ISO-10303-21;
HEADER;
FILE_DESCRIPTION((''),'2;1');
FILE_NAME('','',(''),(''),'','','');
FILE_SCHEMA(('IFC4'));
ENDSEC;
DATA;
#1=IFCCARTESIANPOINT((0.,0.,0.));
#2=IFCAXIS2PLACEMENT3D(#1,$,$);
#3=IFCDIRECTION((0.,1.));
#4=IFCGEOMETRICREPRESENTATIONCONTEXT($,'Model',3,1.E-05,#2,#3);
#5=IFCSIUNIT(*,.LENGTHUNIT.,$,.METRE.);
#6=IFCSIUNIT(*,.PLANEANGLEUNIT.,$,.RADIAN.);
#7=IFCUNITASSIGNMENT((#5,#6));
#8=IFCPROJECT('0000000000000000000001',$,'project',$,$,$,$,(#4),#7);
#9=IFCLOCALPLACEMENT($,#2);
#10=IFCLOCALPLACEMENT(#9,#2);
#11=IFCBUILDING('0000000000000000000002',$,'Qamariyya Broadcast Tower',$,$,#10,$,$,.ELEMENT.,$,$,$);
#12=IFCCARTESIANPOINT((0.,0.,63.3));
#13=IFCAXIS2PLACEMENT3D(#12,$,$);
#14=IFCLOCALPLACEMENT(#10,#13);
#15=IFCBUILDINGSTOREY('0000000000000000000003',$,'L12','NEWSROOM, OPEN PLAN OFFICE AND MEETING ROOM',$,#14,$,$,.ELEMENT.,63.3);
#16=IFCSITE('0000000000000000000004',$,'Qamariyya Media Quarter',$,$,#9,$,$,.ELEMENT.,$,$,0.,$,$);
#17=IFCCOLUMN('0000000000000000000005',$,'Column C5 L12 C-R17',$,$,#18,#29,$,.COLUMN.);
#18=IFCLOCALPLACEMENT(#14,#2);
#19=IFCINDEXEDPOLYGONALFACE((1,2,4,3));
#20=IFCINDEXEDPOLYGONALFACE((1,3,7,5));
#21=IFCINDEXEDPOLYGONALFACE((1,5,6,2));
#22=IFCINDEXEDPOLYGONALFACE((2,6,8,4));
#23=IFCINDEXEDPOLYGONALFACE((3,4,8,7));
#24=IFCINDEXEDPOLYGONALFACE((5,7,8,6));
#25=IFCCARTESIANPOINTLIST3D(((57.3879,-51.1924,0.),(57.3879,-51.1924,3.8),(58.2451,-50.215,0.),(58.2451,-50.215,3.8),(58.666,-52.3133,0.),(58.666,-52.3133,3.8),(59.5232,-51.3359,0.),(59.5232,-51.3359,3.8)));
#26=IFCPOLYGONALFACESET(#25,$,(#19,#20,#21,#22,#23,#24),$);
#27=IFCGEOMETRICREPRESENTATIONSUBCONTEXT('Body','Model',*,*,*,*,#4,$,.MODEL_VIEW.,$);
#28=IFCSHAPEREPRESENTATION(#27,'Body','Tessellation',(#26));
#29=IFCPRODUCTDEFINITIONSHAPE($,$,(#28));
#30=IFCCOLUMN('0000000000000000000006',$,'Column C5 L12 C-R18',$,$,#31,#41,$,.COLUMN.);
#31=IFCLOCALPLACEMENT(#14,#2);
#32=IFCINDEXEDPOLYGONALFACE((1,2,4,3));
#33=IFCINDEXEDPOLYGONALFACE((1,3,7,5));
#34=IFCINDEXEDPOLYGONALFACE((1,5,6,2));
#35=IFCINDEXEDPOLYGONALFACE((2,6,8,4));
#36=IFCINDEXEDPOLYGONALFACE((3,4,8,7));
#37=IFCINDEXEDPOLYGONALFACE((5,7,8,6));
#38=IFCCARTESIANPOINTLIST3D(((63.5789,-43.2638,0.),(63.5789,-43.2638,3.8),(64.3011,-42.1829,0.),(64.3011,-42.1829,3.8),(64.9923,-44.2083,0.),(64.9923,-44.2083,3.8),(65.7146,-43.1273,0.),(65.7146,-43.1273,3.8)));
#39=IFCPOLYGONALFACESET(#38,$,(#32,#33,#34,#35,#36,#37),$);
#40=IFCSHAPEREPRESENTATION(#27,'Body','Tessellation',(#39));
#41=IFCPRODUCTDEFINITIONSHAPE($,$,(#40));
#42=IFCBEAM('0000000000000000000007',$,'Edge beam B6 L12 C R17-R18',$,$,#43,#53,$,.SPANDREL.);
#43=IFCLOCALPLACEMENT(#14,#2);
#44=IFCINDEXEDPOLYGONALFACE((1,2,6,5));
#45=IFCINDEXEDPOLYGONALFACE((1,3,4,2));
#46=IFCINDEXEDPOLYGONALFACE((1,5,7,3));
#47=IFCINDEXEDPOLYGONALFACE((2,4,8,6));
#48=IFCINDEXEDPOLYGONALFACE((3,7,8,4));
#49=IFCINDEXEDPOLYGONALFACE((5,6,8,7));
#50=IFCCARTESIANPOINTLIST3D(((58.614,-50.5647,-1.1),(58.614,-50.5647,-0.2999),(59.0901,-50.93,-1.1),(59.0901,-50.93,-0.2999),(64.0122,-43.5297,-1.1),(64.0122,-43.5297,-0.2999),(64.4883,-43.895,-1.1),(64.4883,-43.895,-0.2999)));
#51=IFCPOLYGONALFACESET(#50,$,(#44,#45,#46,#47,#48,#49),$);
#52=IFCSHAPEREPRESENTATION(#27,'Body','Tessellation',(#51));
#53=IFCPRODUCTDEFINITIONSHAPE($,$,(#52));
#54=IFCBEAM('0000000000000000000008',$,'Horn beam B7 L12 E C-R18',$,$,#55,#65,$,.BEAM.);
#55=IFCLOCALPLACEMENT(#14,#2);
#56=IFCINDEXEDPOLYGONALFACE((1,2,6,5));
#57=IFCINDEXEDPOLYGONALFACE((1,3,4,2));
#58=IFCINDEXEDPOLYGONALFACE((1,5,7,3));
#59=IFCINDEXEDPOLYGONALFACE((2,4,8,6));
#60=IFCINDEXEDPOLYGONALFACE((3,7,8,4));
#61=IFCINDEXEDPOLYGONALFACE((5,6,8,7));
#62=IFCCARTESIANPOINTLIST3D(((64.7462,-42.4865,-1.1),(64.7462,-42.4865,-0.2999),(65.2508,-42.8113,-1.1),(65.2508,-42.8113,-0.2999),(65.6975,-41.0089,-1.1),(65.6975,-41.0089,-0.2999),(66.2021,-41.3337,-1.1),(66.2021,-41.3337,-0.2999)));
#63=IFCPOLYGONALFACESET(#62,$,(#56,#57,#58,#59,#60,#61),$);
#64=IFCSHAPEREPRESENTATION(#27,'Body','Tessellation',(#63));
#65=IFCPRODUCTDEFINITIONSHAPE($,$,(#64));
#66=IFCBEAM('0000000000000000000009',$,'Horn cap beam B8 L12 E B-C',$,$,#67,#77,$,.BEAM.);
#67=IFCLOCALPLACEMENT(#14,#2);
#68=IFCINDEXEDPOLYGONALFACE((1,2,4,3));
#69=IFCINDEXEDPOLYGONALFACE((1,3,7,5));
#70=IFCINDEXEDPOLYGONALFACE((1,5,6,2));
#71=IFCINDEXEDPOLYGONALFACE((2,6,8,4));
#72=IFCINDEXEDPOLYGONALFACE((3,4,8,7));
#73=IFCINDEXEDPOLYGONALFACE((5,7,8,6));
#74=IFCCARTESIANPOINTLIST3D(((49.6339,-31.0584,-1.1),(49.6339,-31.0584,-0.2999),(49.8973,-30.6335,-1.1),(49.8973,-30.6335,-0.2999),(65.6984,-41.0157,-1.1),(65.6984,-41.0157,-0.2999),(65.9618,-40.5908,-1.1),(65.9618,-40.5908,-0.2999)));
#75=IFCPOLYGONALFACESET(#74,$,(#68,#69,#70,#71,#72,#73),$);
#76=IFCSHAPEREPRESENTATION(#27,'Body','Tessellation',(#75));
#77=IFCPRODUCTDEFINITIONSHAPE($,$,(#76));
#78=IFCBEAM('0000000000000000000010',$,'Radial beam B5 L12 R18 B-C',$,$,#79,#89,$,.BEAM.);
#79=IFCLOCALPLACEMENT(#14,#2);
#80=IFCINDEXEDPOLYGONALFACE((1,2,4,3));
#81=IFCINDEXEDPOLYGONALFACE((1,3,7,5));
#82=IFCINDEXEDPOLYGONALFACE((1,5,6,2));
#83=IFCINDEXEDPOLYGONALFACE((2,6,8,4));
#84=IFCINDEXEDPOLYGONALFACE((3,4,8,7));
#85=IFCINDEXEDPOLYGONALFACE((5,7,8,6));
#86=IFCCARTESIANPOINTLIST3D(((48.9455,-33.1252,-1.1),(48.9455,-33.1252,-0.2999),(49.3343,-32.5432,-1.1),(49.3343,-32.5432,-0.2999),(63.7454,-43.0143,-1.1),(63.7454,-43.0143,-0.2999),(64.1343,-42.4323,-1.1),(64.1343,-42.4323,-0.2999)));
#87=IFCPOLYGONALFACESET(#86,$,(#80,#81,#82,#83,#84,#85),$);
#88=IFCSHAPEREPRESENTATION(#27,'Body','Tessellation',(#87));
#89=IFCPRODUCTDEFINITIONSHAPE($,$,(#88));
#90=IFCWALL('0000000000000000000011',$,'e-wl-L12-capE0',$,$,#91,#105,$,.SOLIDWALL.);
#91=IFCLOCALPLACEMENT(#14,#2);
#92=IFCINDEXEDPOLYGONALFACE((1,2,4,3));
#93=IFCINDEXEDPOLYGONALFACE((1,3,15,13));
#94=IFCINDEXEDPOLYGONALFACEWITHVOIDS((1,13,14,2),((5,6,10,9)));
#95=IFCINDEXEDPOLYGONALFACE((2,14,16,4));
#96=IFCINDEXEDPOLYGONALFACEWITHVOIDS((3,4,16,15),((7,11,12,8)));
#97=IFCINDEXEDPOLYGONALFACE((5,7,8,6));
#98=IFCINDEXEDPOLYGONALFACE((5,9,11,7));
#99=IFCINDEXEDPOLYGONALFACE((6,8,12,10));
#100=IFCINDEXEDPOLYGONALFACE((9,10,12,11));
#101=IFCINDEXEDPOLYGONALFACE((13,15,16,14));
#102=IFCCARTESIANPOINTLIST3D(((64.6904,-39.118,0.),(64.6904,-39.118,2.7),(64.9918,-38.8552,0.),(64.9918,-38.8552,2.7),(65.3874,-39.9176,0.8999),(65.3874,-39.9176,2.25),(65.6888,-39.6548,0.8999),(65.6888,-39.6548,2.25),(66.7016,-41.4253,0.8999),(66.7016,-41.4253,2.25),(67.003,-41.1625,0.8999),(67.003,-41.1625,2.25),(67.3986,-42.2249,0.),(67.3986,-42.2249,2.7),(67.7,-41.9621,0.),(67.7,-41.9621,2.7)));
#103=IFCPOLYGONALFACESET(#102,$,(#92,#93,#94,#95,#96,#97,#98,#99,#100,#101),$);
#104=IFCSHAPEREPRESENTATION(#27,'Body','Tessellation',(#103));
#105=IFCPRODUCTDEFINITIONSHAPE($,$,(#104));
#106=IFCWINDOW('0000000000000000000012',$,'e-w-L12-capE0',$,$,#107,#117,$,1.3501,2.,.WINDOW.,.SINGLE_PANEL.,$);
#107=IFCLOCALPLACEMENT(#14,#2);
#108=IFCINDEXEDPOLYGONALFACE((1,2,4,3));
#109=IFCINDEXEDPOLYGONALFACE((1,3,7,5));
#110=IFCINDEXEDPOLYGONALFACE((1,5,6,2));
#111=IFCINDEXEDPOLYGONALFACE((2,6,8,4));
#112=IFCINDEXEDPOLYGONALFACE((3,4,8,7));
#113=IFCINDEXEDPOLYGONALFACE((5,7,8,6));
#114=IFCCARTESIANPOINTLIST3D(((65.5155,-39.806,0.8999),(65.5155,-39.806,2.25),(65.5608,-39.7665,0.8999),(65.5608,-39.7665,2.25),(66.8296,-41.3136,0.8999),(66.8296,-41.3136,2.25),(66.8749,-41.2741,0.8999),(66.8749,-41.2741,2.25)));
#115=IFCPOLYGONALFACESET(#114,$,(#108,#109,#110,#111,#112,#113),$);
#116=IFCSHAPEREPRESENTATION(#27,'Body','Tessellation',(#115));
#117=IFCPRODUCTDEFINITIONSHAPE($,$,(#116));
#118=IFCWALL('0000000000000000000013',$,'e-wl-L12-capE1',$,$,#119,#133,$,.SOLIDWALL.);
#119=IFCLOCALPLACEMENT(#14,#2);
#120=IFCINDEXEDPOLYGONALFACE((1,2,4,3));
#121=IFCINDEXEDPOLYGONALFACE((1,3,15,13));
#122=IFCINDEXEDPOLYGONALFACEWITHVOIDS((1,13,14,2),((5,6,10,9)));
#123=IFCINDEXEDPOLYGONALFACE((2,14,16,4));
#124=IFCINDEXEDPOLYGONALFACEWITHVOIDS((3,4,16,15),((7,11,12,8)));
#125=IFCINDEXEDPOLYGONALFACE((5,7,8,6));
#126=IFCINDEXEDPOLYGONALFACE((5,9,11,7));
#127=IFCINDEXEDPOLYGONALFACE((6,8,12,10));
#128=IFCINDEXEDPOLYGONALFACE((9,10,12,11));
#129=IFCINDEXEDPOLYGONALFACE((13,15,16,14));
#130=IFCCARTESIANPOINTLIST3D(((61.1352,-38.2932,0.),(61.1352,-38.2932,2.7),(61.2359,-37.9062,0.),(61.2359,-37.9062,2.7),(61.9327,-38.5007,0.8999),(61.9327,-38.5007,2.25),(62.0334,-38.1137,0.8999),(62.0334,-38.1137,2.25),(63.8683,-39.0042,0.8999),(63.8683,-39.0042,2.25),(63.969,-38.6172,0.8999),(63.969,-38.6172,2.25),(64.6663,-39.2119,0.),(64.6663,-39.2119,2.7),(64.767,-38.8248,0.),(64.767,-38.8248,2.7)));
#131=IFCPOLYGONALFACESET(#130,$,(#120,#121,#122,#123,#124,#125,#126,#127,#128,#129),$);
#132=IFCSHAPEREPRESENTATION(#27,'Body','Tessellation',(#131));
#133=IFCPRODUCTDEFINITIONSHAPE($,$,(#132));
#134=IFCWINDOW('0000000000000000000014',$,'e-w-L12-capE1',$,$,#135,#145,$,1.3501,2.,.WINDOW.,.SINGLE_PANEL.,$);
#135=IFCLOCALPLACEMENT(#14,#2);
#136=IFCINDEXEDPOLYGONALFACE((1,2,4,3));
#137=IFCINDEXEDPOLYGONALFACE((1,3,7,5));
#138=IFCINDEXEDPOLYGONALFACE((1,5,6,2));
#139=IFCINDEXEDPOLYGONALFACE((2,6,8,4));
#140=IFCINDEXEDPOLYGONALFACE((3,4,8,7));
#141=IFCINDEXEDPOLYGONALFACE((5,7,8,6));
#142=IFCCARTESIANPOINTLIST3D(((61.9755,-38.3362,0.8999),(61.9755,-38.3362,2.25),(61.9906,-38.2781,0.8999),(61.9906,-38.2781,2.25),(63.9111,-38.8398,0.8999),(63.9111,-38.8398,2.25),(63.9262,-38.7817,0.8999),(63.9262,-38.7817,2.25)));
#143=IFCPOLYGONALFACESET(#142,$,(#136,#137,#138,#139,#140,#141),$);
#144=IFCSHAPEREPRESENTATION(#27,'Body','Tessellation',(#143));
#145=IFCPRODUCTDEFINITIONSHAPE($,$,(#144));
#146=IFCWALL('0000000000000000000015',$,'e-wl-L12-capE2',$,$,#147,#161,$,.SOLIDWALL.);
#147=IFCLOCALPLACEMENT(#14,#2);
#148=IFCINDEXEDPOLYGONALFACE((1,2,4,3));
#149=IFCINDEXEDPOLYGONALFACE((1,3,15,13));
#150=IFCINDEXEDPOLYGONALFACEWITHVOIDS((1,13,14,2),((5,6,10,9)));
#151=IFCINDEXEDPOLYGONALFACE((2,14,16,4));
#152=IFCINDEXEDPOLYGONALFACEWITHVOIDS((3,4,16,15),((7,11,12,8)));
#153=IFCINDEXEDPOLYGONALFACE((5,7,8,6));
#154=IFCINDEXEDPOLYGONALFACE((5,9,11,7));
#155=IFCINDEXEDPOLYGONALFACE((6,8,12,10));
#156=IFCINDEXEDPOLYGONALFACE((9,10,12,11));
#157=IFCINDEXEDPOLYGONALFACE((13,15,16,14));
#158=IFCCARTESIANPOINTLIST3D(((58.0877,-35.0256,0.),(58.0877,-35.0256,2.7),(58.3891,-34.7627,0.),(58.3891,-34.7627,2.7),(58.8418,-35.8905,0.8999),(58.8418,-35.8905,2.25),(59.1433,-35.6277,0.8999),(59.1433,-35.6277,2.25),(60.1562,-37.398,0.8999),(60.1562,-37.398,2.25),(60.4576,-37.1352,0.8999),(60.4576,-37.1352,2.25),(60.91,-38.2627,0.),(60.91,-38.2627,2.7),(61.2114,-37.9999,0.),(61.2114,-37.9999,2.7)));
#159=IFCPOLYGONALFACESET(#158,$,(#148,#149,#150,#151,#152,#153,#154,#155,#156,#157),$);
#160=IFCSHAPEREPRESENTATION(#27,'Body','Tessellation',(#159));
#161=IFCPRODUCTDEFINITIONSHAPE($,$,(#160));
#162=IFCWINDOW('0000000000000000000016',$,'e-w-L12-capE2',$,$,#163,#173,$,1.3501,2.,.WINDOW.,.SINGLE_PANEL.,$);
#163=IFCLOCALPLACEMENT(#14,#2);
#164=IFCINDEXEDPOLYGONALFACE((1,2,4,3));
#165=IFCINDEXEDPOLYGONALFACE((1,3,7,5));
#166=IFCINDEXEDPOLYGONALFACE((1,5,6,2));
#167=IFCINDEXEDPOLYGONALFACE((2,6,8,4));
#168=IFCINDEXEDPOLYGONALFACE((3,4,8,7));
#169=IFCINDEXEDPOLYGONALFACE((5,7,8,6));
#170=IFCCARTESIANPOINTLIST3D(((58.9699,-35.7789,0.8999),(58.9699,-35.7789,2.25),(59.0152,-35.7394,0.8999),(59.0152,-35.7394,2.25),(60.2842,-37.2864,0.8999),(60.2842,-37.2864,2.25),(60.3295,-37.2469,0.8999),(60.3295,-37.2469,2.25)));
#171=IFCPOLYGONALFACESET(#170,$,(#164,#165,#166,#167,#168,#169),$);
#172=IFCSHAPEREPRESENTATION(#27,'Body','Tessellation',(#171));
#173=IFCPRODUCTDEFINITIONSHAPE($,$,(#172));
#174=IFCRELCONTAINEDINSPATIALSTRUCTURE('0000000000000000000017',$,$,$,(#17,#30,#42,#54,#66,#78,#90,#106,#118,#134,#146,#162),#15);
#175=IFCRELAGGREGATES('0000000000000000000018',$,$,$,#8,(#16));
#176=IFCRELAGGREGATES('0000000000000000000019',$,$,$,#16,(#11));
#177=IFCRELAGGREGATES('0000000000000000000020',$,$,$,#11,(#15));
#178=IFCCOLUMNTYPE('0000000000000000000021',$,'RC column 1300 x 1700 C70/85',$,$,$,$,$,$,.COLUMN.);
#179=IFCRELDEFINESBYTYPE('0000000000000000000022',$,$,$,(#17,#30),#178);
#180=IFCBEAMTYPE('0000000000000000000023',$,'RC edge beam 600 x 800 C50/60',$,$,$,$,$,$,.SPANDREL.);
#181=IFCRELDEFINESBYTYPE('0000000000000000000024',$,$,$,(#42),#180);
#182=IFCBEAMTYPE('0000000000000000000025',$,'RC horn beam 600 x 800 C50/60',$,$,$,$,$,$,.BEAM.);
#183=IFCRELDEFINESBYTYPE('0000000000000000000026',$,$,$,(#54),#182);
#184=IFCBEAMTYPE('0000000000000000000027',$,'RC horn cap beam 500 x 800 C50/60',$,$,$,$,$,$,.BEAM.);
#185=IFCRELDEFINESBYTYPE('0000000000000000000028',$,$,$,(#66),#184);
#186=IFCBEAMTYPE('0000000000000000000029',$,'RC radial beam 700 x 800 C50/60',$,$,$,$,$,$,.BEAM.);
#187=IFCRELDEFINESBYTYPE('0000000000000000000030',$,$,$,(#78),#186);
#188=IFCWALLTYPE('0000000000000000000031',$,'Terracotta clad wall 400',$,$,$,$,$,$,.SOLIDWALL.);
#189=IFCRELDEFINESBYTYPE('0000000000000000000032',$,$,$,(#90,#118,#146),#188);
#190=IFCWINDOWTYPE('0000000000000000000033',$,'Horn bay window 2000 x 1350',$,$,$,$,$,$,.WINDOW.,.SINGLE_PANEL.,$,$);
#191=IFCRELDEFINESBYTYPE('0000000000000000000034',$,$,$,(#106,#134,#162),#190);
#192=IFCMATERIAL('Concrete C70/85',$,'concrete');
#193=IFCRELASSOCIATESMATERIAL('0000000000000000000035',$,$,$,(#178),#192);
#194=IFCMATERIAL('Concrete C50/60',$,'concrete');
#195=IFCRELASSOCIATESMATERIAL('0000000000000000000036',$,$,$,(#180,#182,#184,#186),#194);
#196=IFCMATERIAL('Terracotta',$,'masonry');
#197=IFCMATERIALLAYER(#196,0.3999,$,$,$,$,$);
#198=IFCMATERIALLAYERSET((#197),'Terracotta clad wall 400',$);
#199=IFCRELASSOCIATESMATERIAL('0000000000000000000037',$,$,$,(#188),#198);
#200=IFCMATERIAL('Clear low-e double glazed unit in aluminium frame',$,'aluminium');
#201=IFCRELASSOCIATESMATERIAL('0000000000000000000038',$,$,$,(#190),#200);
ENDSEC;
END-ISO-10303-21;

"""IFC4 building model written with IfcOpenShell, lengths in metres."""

from ifc_helpers import new_model, si_unit, direction, frame, frame_2d, origin, origin_2d, place, context, subcontext, project, spatial, rectangle, extrude, material, layer, layer_set, material_profile, profile_set, type_object, element, fill, save


model = new_model("IFC4")

# Units and contexts
model_context = context("Model", 3, precision=1e-05, world=origin(), true_north=direction((0.0, 1.0)))
body_context = subcontext(model_context, "Body", "Model", "MODEL_VIEW")
ifc_project = project(units=[si_unit("LENGTHUNIT", "METRE"), si_unit("PLANEANGLEUNIT", "RADIAN")], contexts=[model_context])

# Site, building, storey
site_placement = place(None, origin())
site = spatial("IfcSite", under=ifc_project, at=site_placement, Name="Qamariyya Media Quarter", CompositionType="ELEMENT", RefElevation=0.0)
building_placement = place(site_placement, origin())
building = spatial("IfcBuilding", under=site, at=building_placement, Name="Qamariyya Broadcast Tower", CompositionType="ELEMENT")
storey_placement = place(building_placement, frame((0.0, 0.0, 63.3)))
storey = spatial("IfcBuildingStorey", under=building, at=storey_placement, Name="L12", Description="NEWSROOM, OPEN PLAN OFFICE AND MEETING ROOM", CompositionType="ELEMENT", Elevation=63.3)

# Columns
ifc_material_1 = material(Name="Concrete C70/85", Category="concrete")
ifc_material_profile_1 = material_profile(ifc_material_1, rectangle(XDim=1.3, YDim=1.7, at=origin_2d()))
ifc_profile_set_1 = profile_set([ifc_material_profile_1], Name="Concrete C70/85")
column_type = type_object("IfcColumnType", Name="RC column 1300 x 1700 C70/85", PredefinedType="COLUMN", material=ifc_profile_set_1)
for number, where, z_axis, x_axis, name in (
    (1, (58.4556, -51.2642, 0.0), (0.0, 0.0, 1.0), (0.659346, 0.75184, 0.0), "Column C5 L12 C-R17"),
    (2, (64.6467, -43.1956, 0.0), (0.0, 0.0, 1.0), (0.55557, 0.83147, 0.0), "Column C5 L12 C-R18"),
):
    element("IfcColumn", number, at=place(storey_placement, frame(where, z_axis=z_axis, x_axis=x_axis)), inside=storey, type_object=column_type, Name=name, PredefinedType="COLUMN", context=body_context, shape_type="SweptSolid", body=[
        extrude(rectangle(XDim=1.3, YDim=1.7, at=origin_2d()), origin(), (0.0, 0.0, 1.0), 3.8),
    ])

# Beams
ifc_material_2 = material(Name="Concrete C50/60", Category="concrete")
ifc_material_profile_2 = material_profile(ifc_material_2, rectangle(XDim=0.6001, YDim=0.8, at=origin_2d()))
ifc_profile_set_2 = profile_set([ifc_material_profile_2], Name="Concrete C50/60")
beam_type_1 = type_object("IfcBeamType", Name="RC edge beam 600 x 800 C50/60", PredefinedType="SPANDREL", material=ifc_profile_set_2)
beam_1_placement = place(storey_placement, frame((58.8521, -50.7473, -0.7), z_axis=(0.60877, 0.793347, 0.0), x_axis=(-0.793347, 0.60877, 0.0)))
element("IfcBeam", 3, at=beam_1_placement, inside=storey, type_object=beam_type_1, Name="Edge beam B6 L12 C R17-R18", PredefinedType="SPANDREL", context=body_context, shape_type="SweptSolid", body=[
    extrude(rectangle(XDim=0.6001, YDim=0.8, at=origin_2d()), origin(), (0.0, 0.0, 1.0), 8.8674),
])
ifc_material_profile_3 = material_profile(ifc_material_2, rectangle(XDim=0.6001, YDim=0.8, at=origin_2d()))
ifc_profile_set_3 = profile_set([ifc_material_profile_3], Name="Concrete C50/60")
beam_type_2 = type_object("IfcBeamType", Name="RC horn beam 600 x 800 C50/60", PredefinedType="BEAM", material=ifc_profile_set_3)
beam_2_placement = place(storey_placement, frame((64.9985, -42.6489, -0.7), z_axis=(0.541291, 0.840835, 0.0), x_axis=(-0.840835, 0.541291, 0.0)))
element("IfcBeam", 4, at=beam_2_placement, inside=storey, type_object=beam_type_2, Name="Horn beam B7 L12 E C-R18", PredefinedType="BEAM", context=body_context, shape_type="SweptSolid", body=[
    extrude(rectangle(XDim=0.6001, YDim=0.8, at=origin_2d()), origin(), (0.0, 0.0, 1.0), 1.7573),
])
ifc_material_profile_4 = material_profile(ifc_material_2, rectangle(XDim=0.5, YDim=0.8, at=origin_2d()))
ifc_profile_set_4 = profile_set([ifc_material_profile_4], Name="Concrete C50/60")
beam_type_3 = type_object("IfcBeamType", Name="RC horn cap beam 500 x 800 C50/60", PredefinedType="BEAM", material=ifc_profile_set_4)
beam_3_placement = place(storey_placement, frame((49.7656, -30.8459, -0.7), z_axis=(0.849966, -0.526837, 0.0), x_axis=(0.526837, 0.849966, 0.0)))
element("IfcBeam", 5, at=beam_3_placement, inside=storey, type_object=beam_type_3, Name="Horn cap beam B8 L12 E B-C", PredefinedType="BEAM", context=body_context, shape_type="SweptSolid", body=[
    extrude(rectangle(XDim=0.5, YDim=0.8, at=origin_2d()), origin(), (0.0, 0.0, 1.0), 18.9001),
])
ifc_material_profile_5 = material_profile(ifc_material_2, rectangle(XDim=0.7, YDim=0.8, at=origin_2d()))
ifc_profile_set_5 = profile_set([ifc_material_profile_5], Name="Concrete C50/60")
beam_type_4 = type_object("IfcBeamType", Name="RC radial beam 700 x 800 C50/60", PredefinedType="BEAM", material=ifc_profile_set_5)
beam_4_placement = place(storey_placement, frame((49.1399, -32.8342, -0.7), z_axis=(0.831467, -0.555573, 0.0), x_axis=(0.555573, 0.831467, 0.0)))
element("IfcBeam", 6, at=beam_4_placement, inside=storey, type_object=beam_type_4, Name="Radial beam B5 L12 R18 B-C", PredefinedType="BEAM", context=body_context, shape_type="SweptSolid", body=[
    extrude(rectangle(XDim=0.7, YDim=0.8, at=origin_2d()), origin(), (0.0, 0.0, 1.0), 17.7998),
])

# Walls, openings, windows
ifc_material_3 = material(Name="Terracotta", Category="masonry")
ifc_layer = layer(ifc_material_3, 0.3999)
ifc_layer_set = layer_set([ifc_layer], Name="Terracotta clad wall 400")
wall_type = type_object("IfcWallType", Name="Terracotta clad wall 400", PredefinedType="SOLIDWALL", material=ifc_layer_set)
wall_1_placement = place(storey_placement, frame((67.5493, -42.0935, 0.0), z_axis=(0.0, 0.0, 1.0), x_axis=(-0.657086, 0.753816, 0.0)))
wall_1 = element("IfcWall", 7, at=wall_1_placement, inside=storey, type_object=wall_type, Name="e-wl-L12-capE0", PredefinedType="SOLIDWALL", context=body_context, shape_type="SweptSolid", body=[
    extrude(rectangle(XDim=4.1216, YDim=0.3999, at=frame_2d((2.0608, 0.0))), origin(), (0.0, 0.0, 1.0), 2.7),
])
opening_1_placement = place(wall_1_placement, frame((1.0608, 0.0, 0.8999)))
opening_1 = element("IfcOpeningElement", 8, at=opening_1_placement, cuts=wall_1, PredefinedType="OPENING", context=body_context, shape_type="SweptSolid", body=[
    extrude(rectangle(XDim=2.0, YDim=1.3501, at=frame_2d((1.0, 0.675))), frame((0.0, 0.21, 0.0), z_axis=(0.0, -1.0, 0.0), x_axis=(1.0, 0.0, 0.0)), (0.0, 0.0, 1.0), 0.4199),
])
ifc_material_4 = material(Name="Clear low-e double glazed unit in aluminium frame", Category="aluminium")
window_type = type_object("IfcWindowType", Name="Horn bay window 2000 x 1350", PartitioningType="SINGLE_PANEL", PredefinedType="WINDOW", material=ifc_material_4)
window_1_placement = place(opening_1_placement, origin())
window_1 = element("IfcWindow", 9, at=window_1_placement, inside=storey, type_object=window_type, Name="e-w-L12-capE0", OverallHeight=1.3501, OverallWidth=2.0, PartitioningType="SINGLE_PANEL", PredefinedType="WINDOW", context=body_context, shape_type="SweptSolid", body=[
    extrude(rectangle(XDim=2.0, YDim=1.3501, at=frame_2d((1.0, 0.675))), frame((0.0, 0.03, 0.0), z_axis=(0.0, -1.0, 0.0), x_axis=(1.0, 0.0, 0.0)), (0.0, 0.0, 1.0), 0.0601),
])
fill(opening_1, window_1)
wall_2_placement = place(storey_placement, frame((64.7166, -39.0183, 0.0), z_axis=(0.0, 0.0, 1.0), x_axis=(-0.967784, 0.251782, 0.0)))
wall_2 = element("IfcWall", 10, at=wall_2_placement, inside=storey, type_object=wall_type, Name="e-wl-L12-capE1", PredefinedType="SOLIDWALL", context=body_context, shape_type="SweptSolid", body=[
    extrude(rectangle(XDim=3.6487, YDim=0.3999, at=frame_2d((1.8242, 0.0))), origin(), (0.0, 0.0, 1.0), 2.7),
])
opening_2_placement = place(wall_2_placement, frame((0.8245, 0.0, 0.8999)))
opening_2 = element("IfcOpeningElement", 11, at=opening_2_placement, cuts=wall_2, PredefinedType="OPENING", context=body_context, shape_type="SweptSolid", body=[
    extrude(rectangle(XDim=2.0, YDim=1.3501, at=frame_2d((1.0, 0.675))), frame((0.0, 0.21, 0.0), z_axis=(0.0, -1.0, 0.0), x_axis=(1.0, 0.0, 0.0)), (0.0, 0.0, 1.0), 0.4199),
])
window_2_placement = place(opening_2_placement, origin())
window_2 = element("IfcWindow", 12, at=window_2_placement, inside=storey, type_object=window_type, Name="e-w-L12-capE1", OverallHeight=1.3501, OverallWidth=2.0, PartitioningType="SINGLE_PANEL", PredefinedType="WINDOW", context=body_context, shape_type="SweptSolid", body=[
    extrude(rectangle(XDim=2.0, YDim=1.3501, at=frame_2d((1.0, 0.675))), frame((0.0, 0.03, 0.0), z_axis=(0.0, -1.0, 0.0), x_axis=(1.0, 0.0, 0.0)), (0.0, 0.0, 1.0), 0.0601),
])
fill(opening_2, window_2)
wall_3_placement = place(storey_placement, frame((61.0608, -38.1313, 0.0), z_axis=(0.0, 0.0, 1.0), x_axis=(-0.657163, 0.753748, 0.0)))
wall_3 = element("IfcWall", 13, at=wall_3_placement, inside=storey, type_object=wall_type, Name="e-wl-L12-capE2", PredefinedType="SOLIDWALL", context=body_context, shape_type="SweptSolid", body=[
    extrude(rectangle(XDim=4.2947, YDim=0.3999, at=frame_2d((2.1475, 0.0))), origin(), (0.0, 0.0, 1.0), 2.7),
])
opening_3_placement = place(wall_3_placement, frame((1.1472, 0.0, 0.8999)))
opening_3 = element("IfcOpeningElement", 14, at=opening_3_placement, cuts=wall_3, PredefinedType="OPENING", context=body_context, shape_type="SweptSolid", body=[
    extrude(rectangle(XDim=2.0, YDim=1.3501, at=frame_2d((1.0, 0.675))), frame((0.0, 0.21, 0.0), z_axis=(0.0, -1.0, 0.0), x_axis=(1.0, 0.0, 0.0)), (0.0, 0.0, 1.0), 0.4199),
])
window_3_placement = place(opening_3_placement, origin())
window_3 = element("IfcWindow", 15, at=window_3_placement, inside=storey, type_object=window_type, Name="e-w-L12-capE2", OverallHeight=1.3501, OverallWidth=2.0, PartitioningType="SINGLE_PANEL", PredefinedType="WINDOW", context=body_context, shape_type="SweptSolid", body=[
    extrude(rectangle(XDim=2.0, YDim=1.3501, at=frame_2d((1.0, 0.675))), frame((0.0, 0.03, 0.0), z_axis=(0.0, -1.0, 0.0), x_axis=(1.0, 0.0, 0.0)), (0.0, 0.0, 1.0), 0.0601),
])
fill(opening_3, window_3)

save(model, "model.ifc")
